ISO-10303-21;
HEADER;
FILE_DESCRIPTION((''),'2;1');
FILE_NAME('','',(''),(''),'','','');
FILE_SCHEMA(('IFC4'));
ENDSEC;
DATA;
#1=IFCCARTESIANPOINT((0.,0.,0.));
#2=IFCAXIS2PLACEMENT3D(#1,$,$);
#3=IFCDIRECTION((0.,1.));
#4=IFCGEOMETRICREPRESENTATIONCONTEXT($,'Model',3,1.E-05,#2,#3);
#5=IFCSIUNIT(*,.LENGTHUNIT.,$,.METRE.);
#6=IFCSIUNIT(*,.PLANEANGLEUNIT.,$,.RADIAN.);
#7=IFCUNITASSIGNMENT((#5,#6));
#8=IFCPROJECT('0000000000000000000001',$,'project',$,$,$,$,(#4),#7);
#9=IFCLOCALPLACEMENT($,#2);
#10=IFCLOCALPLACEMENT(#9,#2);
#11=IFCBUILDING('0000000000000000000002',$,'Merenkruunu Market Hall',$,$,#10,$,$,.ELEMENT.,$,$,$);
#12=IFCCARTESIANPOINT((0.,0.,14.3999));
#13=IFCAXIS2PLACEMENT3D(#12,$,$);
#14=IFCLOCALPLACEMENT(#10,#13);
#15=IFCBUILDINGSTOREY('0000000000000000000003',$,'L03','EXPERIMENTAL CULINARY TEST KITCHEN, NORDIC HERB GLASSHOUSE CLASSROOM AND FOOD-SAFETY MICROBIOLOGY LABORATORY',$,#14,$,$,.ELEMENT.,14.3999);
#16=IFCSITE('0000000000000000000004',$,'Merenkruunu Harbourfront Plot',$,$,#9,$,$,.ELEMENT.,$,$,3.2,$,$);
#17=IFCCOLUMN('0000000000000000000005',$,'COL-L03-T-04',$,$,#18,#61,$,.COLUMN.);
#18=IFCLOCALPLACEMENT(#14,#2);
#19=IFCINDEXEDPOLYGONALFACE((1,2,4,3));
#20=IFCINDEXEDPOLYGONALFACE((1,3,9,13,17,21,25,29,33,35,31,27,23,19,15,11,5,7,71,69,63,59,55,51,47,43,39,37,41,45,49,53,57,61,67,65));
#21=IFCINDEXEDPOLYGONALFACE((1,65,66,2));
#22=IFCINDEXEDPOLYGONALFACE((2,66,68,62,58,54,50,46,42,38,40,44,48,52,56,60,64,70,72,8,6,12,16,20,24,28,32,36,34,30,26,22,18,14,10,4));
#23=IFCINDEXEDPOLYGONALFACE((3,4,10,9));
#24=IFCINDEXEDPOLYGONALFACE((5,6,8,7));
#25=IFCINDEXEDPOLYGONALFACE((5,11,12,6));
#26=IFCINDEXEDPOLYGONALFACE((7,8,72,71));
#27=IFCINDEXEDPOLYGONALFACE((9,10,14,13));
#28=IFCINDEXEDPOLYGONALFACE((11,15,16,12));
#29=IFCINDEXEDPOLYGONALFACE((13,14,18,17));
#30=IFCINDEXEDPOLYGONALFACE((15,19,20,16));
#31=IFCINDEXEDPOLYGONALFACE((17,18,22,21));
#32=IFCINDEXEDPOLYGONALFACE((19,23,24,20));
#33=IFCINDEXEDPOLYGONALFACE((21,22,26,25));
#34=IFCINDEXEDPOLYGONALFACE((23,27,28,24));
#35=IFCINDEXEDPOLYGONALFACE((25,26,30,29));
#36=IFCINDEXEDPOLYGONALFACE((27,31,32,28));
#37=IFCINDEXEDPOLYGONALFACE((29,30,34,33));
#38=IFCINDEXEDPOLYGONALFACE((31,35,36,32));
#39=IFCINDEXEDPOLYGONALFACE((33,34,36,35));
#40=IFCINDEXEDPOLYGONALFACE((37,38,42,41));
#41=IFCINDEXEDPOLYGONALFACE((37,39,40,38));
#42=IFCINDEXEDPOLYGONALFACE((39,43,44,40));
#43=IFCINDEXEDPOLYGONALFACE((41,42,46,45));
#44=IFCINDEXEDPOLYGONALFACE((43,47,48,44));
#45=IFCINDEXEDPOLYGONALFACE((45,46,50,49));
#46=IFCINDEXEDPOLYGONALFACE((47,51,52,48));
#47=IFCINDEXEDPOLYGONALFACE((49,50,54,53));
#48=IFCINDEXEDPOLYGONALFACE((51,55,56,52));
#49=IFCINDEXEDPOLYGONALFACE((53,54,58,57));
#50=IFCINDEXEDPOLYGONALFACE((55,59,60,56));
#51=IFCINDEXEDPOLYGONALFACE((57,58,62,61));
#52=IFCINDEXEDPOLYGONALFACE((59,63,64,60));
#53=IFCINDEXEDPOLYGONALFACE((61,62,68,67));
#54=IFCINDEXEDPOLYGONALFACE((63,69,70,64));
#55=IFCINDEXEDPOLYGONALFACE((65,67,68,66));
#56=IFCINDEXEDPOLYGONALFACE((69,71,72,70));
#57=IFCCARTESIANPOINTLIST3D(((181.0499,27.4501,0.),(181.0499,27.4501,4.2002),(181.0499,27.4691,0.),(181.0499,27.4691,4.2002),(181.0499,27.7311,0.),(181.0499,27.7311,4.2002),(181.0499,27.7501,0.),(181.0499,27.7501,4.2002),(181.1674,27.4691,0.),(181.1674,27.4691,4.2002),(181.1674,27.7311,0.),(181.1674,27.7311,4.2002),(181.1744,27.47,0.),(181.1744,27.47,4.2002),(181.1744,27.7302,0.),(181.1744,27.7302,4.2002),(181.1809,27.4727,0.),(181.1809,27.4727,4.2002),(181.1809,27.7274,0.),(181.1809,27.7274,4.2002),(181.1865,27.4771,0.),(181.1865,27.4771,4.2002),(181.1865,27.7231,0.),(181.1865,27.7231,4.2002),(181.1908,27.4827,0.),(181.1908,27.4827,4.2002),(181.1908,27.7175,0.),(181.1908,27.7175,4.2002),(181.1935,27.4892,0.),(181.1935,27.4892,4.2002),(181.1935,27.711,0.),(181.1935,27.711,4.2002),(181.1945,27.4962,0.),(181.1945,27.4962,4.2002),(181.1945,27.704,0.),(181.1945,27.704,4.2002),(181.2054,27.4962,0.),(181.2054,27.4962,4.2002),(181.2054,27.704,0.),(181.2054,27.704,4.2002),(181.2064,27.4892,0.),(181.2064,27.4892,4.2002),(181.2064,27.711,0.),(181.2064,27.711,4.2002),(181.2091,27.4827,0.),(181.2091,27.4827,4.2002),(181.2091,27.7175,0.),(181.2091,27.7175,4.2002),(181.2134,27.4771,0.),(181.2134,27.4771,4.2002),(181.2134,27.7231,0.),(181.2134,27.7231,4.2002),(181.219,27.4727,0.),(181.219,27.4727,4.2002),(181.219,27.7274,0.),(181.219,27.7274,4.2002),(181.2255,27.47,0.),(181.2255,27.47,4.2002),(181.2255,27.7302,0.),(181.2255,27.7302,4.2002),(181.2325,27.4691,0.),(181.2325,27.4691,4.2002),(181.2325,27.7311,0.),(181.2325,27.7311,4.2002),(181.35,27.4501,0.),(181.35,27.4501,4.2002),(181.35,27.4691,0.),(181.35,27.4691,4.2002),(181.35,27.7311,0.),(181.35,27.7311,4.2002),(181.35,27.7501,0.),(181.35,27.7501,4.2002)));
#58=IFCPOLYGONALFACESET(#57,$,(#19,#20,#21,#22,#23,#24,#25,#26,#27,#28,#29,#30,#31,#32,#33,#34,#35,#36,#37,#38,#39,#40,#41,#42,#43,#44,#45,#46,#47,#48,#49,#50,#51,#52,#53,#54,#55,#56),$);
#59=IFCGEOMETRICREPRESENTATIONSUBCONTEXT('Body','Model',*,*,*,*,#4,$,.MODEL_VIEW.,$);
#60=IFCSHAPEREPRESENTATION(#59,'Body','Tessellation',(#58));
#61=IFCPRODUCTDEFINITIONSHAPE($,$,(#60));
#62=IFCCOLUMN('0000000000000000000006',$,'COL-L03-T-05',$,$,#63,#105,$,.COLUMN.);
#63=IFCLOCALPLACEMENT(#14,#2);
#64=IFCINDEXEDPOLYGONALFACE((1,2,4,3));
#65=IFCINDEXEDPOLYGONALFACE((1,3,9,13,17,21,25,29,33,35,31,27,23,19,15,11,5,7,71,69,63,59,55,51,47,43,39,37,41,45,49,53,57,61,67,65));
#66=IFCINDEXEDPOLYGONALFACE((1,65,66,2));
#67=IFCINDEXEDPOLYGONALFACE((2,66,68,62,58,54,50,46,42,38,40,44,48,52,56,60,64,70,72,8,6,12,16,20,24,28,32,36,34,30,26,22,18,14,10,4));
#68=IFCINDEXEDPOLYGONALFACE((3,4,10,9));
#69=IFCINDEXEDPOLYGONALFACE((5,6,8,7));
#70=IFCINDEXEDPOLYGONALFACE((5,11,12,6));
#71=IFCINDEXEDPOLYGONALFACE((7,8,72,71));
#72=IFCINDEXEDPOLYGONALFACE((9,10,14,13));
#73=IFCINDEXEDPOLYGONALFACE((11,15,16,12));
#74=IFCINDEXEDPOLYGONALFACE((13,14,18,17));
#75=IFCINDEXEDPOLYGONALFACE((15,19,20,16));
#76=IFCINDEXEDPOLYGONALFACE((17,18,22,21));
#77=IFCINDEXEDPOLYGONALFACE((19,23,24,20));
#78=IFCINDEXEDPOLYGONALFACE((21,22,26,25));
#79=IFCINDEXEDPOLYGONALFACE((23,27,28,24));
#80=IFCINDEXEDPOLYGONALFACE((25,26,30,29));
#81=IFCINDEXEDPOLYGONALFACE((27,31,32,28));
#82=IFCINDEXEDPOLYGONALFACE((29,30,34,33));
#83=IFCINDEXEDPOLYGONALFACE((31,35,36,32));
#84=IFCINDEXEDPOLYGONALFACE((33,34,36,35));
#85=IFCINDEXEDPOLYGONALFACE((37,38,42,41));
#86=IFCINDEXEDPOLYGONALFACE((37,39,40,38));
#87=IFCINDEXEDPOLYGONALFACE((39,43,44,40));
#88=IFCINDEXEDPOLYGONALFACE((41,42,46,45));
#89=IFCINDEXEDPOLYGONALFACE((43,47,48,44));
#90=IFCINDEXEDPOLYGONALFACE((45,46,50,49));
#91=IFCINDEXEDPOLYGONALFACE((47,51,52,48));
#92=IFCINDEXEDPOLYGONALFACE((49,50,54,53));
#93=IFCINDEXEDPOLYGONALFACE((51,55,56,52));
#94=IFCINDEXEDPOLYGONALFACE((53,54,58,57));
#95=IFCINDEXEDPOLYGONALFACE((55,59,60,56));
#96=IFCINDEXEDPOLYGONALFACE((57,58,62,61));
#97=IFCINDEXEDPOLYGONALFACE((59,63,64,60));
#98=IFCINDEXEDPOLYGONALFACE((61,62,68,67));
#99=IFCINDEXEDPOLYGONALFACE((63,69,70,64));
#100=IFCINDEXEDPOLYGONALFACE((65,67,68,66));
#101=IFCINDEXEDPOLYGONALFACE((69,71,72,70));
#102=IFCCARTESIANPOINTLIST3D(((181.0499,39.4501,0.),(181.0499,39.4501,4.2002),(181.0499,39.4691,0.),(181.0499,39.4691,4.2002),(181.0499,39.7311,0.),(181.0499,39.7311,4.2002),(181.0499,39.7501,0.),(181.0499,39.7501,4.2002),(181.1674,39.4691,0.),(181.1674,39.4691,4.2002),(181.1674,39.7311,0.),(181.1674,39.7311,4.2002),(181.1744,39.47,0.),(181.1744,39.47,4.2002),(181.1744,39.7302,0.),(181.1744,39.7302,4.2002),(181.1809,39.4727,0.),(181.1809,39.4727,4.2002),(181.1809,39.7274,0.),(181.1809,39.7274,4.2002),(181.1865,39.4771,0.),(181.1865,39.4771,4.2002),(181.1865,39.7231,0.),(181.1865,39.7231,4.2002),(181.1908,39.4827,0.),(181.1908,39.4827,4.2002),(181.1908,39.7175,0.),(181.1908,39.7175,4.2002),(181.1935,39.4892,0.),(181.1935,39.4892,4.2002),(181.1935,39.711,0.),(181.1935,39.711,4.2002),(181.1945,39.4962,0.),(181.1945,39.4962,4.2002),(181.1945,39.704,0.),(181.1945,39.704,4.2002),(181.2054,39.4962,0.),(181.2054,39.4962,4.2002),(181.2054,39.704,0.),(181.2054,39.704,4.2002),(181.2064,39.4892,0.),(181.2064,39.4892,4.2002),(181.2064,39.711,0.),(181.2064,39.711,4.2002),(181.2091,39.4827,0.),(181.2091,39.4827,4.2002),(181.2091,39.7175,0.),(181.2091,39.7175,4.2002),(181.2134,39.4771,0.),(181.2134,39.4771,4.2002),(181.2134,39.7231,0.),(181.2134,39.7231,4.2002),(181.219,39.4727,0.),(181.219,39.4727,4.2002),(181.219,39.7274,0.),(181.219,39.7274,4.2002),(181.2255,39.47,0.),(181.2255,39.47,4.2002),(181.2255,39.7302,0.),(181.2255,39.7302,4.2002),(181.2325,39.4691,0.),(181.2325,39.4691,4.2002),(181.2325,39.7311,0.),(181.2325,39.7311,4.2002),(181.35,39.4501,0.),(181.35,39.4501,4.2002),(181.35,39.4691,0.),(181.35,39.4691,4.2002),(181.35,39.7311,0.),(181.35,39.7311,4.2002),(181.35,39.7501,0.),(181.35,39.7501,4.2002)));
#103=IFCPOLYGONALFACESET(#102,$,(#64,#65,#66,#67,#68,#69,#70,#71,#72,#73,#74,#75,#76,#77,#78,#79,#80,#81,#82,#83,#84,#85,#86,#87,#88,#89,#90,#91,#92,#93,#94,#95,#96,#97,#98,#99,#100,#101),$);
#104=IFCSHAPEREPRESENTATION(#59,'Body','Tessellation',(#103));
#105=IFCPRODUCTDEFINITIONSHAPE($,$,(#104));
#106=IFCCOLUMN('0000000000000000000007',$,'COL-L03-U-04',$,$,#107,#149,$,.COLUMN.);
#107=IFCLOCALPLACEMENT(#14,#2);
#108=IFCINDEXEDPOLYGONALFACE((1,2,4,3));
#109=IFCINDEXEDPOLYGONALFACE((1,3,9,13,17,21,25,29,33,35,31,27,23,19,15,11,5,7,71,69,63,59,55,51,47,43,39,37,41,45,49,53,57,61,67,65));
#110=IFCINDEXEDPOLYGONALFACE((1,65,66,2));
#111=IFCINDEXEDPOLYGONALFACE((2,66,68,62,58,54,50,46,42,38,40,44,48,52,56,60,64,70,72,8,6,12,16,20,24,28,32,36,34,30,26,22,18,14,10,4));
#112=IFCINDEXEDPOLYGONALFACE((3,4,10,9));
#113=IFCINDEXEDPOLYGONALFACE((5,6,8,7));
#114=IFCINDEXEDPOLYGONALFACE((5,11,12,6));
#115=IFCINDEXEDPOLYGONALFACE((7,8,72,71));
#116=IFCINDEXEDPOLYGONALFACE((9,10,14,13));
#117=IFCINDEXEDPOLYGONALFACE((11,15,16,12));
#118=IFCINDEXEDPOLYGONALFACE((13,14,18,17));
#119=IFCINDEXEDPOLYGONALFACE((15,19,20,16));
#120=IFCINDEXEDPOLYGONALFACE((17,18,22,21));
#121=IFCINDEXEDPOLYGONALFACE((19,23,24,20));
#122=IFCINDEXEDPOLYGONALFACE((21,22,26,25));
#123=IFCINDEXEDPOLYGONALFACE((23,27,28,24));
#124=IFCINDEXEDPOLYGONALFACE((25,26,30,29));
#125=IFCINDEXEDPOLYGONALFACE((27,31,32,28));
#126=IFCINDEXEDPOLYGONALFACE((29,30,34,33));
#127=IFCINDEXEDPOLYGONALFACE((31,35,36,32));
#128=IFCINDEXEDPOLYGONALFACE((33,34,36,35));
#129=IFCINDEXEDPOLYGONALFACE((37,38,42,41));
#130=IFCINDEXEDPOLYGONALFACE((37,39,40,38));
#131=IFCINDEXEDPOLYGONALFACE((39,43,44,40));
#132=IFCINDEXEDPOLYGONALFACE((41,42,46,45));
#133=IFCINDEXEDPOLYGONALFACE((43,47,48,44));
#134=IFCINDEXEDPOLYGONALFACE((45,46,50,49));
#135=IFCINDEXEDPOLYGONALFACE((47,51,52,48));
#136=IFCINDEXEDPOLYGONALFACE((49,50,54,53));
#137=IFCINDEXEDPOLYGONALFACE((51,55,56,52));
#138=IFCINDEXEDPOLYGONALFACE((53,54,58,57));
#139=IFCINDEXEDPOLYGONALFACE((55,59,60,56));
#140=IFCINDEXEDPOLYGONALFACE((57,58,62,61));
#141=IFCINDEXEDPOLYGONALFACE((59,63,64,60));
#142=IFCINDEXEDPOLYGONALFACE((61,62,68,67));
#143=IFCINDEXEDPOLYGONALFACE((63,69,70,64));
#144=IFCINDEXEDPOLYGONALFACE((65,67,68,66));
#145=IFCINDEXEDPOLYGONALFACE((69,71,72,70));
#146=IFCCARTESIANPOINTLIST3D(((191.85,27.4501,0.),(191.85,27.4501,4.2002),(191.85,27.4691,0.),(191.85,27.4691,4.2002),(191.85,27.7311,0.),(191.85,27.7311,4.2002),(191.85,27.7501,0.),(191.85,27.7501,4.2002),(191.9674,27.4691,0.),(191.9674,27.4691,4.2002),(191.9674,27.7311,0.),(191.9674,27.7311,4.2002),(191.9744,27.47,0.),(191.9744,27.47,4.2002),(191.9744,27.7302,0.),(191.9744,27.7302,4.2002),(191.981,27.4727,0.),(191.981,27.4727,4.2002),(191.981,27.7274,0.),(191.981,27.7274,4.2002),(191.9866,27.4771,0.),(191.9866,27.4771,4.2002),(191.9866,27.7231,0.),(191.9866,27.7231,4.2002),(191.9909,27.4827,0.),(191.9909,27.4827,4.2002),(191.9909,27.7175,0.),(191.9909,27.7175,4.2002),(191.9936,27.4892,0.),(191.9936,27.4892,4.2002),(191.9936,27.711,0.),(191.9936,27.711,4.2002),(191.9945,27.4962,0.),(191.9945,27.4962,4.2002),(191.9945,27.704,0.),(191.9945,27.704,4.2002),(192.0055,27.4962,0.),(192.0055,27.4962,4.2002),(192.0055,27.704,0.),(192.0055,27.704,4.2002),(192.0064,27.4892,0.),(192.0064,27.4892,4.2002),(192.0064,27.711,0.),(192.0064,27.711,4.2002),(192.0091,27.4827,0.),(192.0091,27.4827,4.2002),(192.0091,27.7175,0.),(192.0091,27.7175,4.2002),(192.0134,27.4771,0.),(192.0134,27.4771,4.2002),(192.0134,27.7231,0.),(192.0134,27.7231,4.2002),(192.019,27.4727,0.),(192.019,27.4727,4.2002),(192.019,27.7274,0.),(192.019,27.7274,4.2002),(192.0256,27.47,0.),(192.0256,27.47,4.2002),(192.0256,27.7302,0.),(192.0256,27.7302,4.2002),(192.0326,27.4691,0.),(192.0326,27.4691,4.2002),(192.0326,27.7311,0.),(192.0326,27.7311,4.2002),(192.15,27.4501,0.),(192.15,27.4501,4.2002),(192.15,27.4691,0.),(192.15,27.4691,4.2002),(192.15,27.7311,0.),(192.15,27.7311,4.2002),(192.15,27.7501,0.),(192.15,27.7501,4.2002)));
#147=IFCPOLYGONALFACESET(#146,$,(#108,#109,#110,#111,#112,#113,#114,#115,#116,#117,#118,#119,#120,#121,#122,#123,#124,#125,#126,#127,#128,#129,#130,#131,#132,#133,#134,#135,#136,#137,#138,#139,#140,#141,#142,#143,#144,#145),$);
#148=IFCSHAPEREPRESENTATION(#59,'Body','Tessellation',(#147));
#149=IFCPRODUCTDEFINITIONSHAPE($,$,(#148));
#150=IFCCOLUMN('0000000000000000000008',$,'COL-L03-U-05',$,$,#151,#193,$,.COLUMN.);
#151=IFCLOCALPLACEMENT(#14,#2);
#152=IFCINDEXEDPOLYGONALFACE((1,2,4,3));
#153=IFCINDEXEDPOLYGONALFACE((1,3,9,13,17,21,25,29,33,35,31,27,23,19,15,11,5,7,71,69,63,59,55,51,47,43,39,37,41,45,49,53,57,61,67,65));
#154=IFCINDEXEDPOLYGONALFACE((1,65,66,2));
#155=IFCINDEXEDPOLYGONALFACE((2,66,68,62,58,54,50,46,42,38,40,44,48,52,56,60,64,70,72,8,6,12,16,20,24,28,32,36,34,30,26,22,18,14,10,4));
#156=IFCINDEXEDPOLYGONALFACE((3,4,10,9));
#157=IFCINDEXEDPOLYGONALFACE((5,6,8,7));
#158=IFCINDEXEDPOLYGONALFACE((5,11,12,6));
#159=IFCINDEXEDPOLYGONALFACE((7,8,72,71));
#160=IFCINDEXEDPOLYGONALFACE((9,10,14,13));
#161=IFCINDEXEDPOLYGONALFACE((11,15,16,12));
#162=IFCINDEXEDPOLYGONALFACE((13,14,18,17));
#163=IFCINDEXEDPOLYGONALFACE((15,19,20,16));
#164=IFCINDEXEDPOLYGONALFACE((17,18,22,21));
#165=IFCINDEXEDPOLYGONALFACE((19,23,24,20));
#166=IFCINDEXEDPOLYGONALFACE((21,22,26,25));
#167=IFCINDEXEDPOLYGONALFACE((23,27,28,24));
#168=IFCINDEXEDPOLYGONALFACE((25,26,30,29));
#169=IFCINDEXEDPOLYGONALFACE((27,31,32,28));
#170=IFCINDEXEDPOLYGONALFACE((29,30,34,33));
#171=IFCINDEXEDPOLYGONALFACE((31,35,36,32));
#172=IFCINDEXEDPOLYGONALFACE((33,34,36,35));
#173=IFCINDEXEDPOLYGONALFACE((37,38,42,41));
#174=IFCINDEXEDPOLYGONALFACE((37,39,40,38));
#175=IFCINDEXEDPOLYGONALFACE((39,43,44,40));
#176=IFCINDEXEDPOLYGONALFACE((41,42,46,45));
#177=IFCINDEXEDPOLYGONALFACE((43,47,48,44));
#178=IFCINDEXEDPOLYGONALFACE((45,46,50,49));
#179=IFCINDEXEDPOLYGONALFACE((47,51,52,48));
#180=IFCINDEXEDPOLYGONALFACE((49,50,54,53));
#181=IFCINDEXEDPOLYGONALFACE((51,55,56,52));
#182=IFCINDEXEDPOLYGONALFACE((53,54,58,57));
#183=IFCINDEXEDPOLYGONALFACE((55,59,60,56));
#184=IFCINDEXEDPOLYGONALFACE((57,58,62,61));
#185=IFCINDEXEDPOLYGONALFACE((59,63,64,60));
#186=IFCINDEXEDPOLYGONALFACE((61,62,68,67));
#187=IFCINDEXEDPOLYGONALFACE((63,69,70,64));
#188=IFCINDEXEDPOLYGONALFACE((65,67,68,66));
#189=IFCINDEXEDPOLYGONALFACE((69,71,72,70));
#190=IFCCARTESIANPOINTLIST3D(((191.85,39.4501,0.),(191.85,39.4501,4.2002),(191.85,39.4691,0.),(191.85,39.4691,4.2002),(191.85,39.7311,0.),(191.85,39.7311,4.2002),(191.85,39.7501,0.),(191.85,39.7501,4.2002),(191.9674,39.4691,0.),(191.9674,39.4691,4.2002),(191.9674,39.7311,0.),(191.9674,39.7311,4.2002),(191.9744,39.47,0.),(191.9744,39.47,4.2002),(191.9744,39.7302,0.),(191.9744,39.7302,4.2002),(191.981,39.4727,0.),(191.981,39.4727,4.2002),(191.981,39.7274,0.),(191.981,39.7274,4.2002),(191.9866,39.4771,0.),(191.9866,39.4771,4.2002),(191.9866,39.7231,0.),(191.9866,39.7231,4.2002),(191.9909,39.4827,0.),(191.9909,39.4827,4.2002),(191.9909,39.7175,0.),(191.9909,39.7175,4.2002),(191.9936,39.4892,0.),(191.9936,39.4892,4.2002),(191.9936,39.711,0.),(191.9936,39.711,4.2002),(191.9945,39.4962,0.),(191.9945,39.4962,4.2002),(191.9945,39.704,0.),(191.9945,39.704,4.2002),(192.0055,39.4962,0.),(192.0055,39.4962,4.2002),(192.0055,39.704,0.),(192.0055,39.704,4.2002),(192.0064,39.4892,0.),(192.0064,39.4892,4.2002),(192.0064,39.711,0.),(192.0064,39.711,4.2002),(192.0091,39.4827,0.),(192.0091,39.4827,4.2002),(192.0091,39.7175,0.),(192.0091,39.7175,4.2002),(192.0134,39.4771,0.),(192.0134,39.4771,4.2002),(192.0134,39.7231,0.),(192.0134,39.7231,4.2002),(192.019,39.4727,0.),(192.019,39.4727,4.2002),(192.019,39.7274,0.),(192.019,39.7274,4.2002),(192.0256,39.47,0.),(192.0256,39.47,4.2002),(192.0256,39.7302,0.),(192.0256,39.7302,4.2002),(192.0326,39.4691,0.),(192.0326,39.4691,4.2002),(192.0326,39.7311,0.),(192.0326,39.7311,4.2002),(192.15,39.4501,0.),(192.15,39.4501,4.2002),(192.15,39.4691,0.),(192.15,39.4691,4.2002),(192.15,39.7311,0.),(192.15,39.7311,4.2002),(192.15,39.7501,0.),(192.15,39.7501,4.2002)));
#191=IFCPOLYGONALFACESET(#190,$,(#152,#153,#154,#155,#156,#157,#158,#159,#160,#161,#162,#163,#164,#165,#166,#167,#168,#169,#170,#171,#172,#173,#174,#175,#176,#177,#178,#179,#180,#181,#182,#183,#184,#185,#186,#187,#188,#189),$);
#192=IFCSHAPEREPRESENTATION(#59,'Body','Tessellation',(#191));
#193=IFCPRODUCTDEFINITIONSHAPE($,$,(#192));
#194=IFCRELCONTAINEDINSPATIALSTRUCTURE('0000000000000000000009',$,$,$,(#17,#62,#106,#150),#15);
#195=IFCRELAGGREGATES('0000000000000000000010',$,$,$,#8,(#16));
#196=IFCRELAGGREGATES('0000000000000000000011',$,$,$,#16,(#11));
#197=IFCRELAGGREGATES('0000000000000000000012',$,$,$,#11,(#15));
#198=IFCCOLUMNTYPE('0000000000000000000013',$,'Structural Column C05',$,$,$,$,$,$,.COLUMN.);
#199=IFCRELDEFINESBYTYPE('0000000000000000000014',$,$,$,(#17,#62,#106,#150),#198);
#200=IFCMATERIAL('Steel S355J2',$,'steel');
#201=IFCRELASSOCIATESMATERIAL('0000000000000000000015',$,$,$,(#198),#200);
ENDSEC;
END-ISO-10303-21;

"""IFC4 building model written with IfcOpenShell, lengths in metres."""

from ifc_helpers import new_model, si_unit, direction, frame, origin, origin_2d, place, context, subcontext, project, spatial, i_section, extrude, material, material_profile, profile_set, type_object, element, save


model = new_model("IFC4")

# Units and contexts
model_context = context("Model", 3, precision=1e-05, world=origin(), true_north=direction((0.0, 1.0)))
body_context = subcontext(model_context, "Body", "Model", "MODEL_VIEW")
ifc_project = project(units=[si_unit("LENGTHUNIT", "METRE"), si_unit("PLANEANGLEUNIT", "RADIAN")], contexts=[model_context])

# Site, building, storey
site_placement = place(None, origin())
site = spatial("IfcSite", under=ifc_project, at=site_placement, Name="Merenkruunu Harbourfront Plot", CompositionType="ELEMENT", RefElevation=3.2)
building_placement = place(site_placement, origin())
building = spatial("IfcBuilding", under=site, at=building_placement, Name="Merenkruunu Market Hall", CompositionType="ELEMENT")
storey_placement = place(building_placement, frame((0.0, 0.0, 14.3999)))
storey = spatial("IfcBuildingStorey", under=building, at=storey_placement, Name="L03", Description="EXPERIMENTAL CULINARY TEST KITCHEN, NORDIC HERB GLASSHOUSE CLASSROOM AND FOOD-SAFETY MICROBIOLOGY LABORATORY", CompositionType="ELEMENT", Elevation=14.3999)

# Columns
ifc_material_1 = material(Name="Steel S355J2", Category="steel")
ifc_material_profile_1 = material_profile(ifc_material_1, i_section(OverallWidth=0.3, OverallDepth=0.3, WebThickness=0.011, FlangeThickness=0.019, FilletRadius=0.0271, at=origin_2d()), Name="HEB 300")
ifc_profile_set_1 = profile_set([ifc_material_profile_1], Name="Steel S355J2")
column_type = type_object("IfcColumnType", Name="Structural Column C05", PredefinedType="COLUMN", material=ifc_profile_set_1)
for number, where, z_axis, x_axis, name in (
    (1, (181.2, 27.6001, 0.0), (0.0, 0.0, 1.0), (1.0, 0.0, 0.0), "COL-L03-T-04"),
    (2, (181.2, 39.6001, 0.0), (0.0, 0.0, 1.0), (1.0, 0.0, 0.0), "COL-L03-T-05"),
    (3, (192.0, 27.6001, 0.0), (0.0, 0.0, 1.0), (1.0, 0.0, 0.0), "COL-L03-U-04"),
    (4, (192.0, 39.6001, 0.0), (0.0, 0.0, 1.0), (1.0, 0.0, 0.0), "COL-L03-U-05"),
):
    element("IfcColumn", number, at=place(storey_placement, frame(where, z_axis=z_axis, x_axis=x_axis)), inside=storey, type_object=column_type, Name=name, PredefinedType="COLUMN", context=body_context, shape_type="SweptSolid", body=[
        extrude(i_section(OverallWidth=0.3, OverallDepth=0.3, WebThickness=0.011, FlangeThickness=0.019, FilletRadius=0.0271, at=origin_2d()), origin(), (0.0, 0.0, 1.0), 4.2002),
    ])

save(model, "model.ifc")
